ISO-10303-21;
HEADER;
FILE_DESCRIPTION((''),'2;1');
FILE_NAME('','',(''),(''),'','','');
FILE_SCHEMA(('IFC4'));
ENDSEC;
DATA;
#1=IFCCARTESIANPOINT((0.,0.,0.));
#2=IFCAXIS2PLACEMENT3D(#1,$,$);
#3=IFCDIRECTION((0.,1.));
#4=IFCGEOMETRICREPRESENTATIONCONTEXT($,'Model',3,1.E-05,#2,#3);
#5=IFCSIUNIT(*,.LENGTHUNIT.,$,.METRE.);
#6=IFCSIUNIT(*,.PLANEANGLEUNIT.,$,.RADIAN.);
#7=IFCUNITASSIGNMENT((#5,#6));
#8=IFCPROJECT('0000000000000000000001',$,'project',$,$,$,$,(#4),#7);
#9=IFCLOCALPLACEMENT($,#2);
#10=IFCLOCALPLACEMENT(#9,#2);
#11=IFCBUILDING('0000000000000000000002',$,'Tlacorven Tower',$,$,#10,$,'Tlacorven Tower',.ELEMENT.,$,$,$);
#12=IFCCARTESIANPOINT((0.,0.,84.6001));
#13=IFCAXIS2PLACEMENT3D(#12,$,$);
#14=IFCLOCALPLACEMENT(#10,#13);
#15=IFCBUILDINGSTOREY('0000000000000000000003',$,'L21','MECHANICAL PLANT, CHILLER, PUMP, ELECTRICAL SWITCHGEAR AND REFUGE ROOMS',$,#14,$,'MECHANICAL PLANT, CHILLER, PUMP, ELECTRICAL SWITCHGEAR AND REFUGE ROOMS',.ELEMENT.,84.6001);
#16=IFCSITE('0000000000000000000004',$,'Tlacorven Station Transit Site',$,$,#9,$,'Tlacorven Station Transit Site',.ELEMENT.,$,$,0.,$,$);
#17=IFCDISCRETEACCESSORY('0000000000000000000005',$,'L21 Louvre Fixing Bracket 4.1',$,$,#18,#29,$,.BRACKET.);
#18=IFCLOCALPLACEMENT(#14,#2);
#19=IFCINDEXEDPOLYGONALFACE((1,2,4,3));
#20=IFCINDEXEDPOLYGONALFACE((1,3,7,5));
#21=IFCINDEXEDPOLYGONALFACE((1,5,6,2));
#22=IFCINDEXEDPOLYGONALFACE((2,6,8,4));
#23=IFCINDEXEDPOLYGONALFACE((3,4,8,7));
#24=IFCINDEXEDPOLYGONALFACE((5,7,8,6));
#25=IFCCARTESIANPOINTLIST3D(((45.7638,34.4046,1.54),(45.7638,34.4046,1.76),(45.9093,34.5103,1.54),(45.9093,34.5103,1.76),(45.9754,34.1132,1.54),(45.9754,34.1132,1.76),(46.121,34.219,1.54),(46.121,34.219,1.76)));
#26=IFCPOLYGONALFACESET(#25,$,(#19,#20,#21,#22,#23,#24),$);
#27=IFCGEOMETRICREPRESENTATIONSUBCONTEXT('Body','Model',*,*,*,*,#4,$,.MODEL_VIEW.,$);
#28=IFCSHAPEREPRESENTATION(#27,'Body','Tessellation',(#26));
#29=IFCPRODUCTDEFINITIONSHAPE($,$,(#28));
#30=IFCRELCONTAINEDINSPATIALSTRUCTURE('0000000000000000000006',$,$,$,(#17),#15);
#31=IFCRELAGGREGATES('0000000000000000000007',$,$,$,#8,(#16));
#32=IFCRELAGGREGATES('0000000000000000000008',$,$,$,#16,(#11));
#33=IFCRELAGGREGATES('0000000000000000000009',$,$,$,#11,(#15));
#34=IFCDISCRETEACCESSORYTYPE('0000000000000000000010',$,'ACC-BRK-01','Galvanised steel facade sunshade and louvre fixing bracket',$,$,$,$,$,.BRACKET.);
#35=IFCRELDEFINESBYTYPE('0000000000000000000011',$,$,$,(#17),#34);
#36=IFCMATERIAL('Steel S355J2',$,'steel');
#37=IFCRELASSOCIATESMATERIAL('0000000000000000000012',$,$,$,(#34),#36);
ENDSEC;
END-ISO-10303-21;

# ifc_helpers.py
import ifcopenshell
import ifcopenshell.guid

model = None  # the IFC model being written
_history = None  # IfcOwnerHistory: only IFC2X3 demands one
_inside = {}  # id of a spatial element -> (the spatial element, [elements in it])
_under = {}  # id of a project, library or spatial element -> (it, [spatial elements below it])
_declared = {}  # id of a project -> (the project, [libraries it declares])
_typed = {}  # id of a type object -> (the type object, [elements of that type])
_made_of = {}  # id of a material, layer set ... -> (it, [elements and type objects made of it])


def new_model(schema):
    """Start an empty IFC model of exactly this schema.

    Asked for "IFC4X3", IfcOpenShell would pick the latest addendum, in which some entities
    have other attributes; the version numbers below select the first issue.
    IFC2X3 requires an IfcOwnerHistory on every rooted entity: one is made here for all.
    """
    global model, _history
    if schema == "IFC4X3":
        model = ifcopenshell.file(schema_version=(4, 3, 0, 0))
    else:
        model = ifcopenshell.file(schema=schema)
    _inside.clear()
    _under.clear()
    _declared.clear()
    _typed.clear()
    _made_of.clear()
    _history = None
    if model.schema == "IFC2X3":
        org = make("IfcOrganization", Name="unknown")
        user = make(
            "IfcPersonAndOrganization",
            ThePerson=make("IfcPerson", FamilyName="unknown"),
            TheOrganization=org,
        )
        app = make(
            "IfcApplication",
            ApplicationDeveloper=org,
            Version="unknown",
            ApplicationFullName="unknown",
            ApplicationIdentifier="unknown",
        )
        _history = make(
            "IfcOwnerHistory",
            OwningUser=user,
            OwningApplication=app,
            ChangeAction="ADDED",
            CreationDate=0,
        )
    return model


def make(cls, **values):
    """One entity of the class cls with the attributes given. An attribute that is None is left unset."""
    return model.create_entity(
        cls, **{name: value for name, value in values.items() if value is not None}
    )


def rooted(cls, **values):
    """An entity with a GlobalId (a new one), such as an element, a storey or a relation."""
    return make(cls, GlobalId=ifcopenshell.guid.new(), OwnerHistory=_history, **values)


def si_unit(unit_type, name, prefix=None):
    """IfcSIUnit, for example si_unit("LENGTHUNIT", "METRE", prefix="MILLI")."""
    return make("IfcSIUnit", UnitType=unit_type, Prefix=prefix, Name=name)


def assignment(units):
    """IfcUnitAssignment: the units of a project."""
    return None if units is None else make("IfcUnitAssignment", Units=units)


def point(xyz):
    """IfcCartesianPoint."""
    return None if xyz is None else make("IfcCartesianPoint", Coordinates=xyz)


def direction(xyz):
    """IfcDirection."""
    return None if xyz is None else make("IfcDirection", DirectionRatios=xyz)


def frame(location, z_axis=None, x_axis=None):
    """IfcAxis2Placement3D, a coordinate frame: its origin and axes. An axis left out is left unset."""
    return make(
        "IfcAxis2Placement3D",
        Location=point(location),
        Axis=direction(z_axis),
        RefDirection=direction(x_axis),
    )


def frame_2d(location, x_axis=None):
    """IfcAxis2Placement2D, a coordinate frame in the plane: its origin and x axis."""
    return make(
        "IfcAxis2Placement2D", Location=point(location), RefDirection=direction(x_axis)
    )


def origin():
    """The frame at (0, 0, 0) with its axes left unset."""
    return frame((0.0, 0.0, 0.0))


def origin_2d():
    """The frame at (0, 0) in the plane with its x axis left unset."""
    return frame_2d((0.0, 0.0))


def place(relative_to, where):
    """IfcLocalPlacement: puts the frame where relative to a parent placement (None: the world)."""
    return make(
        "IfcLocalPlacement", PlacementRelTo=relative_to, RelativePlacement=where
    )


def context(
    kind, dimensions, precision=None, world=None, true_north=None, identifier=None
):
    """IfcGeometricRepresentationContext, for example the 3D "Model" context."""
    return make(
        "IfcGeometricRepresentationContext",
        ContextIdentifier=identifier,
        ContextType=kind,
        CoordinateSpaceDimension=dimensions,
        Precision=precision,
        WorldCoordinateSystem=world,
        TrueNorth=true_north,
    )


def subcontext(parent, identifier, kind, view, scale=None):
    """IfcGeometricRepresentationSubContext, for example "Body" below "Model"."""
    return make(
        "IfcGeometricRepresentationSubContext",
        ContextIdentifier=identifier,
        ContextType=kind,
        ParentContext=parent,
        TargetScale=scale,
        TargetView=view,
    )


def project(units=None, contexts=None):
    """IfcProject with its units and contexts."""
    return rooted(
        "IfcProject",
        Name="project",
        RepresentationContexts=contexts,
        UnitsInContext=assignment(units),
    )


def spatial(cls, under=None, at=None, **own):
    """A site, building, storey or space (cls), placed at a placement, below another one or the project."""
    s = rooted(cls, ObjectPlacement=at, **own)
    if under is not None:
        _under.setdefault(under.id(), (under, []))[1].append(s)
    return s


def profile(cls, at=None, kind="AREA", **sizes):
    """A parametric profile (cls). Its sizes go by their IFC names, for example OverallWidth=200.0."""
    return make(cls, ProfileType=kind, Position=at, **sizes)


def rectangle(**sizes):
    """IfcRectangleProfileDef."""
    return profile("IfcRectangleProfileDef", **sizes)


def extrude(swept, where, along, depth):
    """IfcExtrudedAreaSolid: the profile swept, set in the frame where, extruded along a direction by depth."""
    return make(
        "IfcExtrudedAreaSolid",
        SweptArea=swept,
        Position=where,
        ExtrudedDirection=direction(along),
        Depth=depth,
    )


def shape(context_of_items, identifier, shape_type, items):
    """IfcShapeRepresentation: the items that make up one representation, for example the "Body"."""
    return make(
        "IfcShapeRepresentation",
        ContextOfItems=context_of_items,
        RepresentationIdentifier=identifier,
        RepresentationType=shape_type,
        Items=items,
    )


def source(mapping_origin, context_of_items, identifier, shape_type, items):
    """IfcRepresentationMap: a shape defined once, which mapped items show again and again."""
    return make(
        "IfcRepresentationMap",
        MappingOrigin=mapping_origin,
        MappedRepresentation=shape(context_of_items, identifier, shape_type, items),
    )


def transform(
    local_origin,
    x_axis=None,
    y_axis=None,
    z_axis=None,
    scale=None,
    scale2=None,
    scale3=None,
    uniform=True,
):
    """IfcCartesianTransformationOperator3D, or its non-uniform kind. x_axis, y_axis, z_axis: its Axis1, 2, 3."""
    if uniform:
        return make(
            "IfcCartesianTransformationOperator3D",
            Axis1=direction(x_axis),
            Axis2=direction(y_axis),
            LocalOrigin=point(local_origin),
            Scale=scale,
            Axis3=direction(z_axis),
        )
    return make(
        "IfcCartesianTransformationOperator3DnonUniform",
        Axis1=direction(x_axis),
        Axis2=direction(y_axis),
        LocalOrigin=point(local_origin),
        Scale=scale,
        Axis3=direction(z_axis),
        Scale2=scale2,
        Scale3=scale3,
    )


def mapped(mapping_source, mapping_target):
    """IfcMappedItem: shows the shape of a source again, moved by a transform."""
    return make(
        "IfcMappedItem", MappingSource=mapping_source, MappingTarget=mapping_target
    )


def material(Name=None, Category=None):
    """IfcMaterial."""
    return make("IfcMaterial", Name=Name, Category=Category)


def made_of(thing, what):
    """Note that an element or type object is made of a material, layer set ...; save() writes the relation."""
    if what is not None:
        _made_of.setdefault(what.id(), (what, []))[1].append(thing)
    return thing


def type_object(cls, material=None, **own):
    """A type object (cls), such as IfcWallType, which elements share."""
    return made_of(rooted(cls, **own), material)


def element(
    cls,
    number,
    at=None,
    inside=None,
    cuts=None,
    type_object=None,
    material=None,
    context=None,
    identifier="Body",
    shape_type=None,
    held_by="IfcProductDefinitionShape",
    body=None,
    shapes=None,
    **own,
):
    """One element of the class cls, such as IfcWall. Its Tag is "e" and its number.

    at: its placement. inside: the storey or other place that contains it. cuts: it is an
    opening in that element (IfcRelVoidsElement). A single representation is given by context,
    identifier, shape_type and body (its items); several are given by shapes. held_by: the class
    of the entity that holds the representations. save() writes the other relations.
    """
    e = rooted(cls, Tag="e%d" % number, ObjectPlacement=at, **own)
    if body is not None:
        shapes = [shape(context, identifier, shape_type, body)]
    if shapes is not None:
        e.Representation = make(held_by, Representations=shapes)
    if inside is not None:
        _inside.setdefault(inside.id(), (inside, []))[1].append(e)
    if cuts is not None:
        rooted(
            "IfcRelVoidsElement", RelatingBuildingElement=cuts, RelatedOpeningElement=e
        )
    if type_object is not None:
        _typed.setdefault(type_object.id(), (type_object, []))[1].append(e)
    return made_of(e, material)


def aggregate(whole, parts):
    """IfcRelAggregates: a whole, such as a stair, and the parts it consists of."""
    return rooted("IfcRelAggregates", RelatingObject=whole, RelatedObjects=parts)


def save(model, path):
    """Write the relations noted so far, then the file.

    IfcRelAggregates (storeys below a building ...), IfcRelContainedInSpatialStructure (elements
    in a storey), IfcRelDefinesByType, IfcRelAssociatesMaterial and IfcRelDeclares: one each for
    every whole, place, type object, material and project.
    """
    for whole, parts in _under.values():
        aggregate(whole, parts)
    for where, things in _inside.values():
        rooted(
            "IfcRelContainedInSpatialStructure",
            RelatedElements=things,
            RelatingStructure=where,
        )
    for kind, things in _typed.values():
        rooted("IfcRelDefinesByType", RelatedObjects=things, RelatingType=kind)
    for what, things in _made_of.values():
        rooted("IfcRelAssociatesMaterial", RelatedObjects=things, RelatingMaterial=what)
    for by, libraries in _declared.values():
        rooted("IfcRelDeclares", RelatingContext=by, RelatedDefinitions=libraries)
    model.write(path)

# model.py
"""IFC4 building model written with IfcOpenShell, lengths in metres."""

from ifc_helpers import new_model, si_unit, direction, frame, origin, origin_2d, place, context, subcontext, project, spatial, rectangle, extrude, source, transform, mapped, material, type_object, element, save


model = new_model("IFC4")

# Units and contexts
model_context = context("Model", 3, precision=1e-05, world=origin(), true_north=direction((0.0, 1.0)))
body_context = subcontext(model_context, "Body", "Model", "MODEL_VIEW")
ifc_project = project(units=[si_unit("LENGTHUNIT", "METRE"), si_unit("PLANEANGLEUNIT", "RADIAN")], contexts=[model_context])

# Site, building, storey
site_placement = place(None, origin())
site = spatial("IfcSite", under=ifc_project, at=site_placement, Name="Tlacorven Station Transit Site", LongName="Tlacorven Station Transit Site", CompositionType="ELEMENT", RefElevation=0.0)
building_placement = place(site_placement, origin())
building = spatial("IfcBuilding", under=site, at=building_placement, Name="Tlacorven Tower", LongName="Tlacorven Tower", CompositionType="ELEMENT")
storey_placement = place(building_placement, frame((0.0, 0.0, 84.6001)))
storey = spatial("IfcBuildingStorey", under=building, at=storey_placement, Name="L21", Description="MECHANICAL PLANT, CHILLER, PUMP, ELECTRICAL SWITCHGEAR AND REFUGE ROOMS", LongName="MECHANICAL PLANT, CHILLER, PUMP, ELECTRICAL SWITCHGEAR AND REFUGE ROOMS", CompositionType="ELEMENT", Elevation=84.6001)

# Shared definitions
ifc_material_1 = material(Name="Steel S355J2", Category="steel")

# Discrete accessory
discrete_accessory_type = type_object("IfcDiscreteAccessoryType", Name="ACC-BRK-01", Description="Galvanised steel facade sunshade and louvre fixing bracket", PredefinedType="BRACKET", material=ifc_material_1)
shared_shape_1 = source(origin(), body_context, "Body", "SweptSolid", [
    extrude(rectangle(XDim=0.1799, YDim=0.3601, at=origin_2d()), origin(), (0.0, 0.0, 1.0), 0.22),
])
discrete_accessory_placement = place(storey_placement, frame((45.9424, 34.3118, 1.54), z_axis=(0.0, 0.0, 1.0), x_axis=(0.809017, 0.587786, 0.0)))
element("IfcDiscreteAccessory", 1, at=discrete_accessory_placement, inside=storey, type_object=discrete_accessory_type, Name="L21 Louvre Fixing Bracket 4.1", PredefinedType="BRACKET", context=body_context, shape_type="MappedRepresentation", body=[
    mapped(shared_shape_1, transform((0.0, 0.0, 0.0), scale=1.0)),
])

save(model, "model.ifc")
